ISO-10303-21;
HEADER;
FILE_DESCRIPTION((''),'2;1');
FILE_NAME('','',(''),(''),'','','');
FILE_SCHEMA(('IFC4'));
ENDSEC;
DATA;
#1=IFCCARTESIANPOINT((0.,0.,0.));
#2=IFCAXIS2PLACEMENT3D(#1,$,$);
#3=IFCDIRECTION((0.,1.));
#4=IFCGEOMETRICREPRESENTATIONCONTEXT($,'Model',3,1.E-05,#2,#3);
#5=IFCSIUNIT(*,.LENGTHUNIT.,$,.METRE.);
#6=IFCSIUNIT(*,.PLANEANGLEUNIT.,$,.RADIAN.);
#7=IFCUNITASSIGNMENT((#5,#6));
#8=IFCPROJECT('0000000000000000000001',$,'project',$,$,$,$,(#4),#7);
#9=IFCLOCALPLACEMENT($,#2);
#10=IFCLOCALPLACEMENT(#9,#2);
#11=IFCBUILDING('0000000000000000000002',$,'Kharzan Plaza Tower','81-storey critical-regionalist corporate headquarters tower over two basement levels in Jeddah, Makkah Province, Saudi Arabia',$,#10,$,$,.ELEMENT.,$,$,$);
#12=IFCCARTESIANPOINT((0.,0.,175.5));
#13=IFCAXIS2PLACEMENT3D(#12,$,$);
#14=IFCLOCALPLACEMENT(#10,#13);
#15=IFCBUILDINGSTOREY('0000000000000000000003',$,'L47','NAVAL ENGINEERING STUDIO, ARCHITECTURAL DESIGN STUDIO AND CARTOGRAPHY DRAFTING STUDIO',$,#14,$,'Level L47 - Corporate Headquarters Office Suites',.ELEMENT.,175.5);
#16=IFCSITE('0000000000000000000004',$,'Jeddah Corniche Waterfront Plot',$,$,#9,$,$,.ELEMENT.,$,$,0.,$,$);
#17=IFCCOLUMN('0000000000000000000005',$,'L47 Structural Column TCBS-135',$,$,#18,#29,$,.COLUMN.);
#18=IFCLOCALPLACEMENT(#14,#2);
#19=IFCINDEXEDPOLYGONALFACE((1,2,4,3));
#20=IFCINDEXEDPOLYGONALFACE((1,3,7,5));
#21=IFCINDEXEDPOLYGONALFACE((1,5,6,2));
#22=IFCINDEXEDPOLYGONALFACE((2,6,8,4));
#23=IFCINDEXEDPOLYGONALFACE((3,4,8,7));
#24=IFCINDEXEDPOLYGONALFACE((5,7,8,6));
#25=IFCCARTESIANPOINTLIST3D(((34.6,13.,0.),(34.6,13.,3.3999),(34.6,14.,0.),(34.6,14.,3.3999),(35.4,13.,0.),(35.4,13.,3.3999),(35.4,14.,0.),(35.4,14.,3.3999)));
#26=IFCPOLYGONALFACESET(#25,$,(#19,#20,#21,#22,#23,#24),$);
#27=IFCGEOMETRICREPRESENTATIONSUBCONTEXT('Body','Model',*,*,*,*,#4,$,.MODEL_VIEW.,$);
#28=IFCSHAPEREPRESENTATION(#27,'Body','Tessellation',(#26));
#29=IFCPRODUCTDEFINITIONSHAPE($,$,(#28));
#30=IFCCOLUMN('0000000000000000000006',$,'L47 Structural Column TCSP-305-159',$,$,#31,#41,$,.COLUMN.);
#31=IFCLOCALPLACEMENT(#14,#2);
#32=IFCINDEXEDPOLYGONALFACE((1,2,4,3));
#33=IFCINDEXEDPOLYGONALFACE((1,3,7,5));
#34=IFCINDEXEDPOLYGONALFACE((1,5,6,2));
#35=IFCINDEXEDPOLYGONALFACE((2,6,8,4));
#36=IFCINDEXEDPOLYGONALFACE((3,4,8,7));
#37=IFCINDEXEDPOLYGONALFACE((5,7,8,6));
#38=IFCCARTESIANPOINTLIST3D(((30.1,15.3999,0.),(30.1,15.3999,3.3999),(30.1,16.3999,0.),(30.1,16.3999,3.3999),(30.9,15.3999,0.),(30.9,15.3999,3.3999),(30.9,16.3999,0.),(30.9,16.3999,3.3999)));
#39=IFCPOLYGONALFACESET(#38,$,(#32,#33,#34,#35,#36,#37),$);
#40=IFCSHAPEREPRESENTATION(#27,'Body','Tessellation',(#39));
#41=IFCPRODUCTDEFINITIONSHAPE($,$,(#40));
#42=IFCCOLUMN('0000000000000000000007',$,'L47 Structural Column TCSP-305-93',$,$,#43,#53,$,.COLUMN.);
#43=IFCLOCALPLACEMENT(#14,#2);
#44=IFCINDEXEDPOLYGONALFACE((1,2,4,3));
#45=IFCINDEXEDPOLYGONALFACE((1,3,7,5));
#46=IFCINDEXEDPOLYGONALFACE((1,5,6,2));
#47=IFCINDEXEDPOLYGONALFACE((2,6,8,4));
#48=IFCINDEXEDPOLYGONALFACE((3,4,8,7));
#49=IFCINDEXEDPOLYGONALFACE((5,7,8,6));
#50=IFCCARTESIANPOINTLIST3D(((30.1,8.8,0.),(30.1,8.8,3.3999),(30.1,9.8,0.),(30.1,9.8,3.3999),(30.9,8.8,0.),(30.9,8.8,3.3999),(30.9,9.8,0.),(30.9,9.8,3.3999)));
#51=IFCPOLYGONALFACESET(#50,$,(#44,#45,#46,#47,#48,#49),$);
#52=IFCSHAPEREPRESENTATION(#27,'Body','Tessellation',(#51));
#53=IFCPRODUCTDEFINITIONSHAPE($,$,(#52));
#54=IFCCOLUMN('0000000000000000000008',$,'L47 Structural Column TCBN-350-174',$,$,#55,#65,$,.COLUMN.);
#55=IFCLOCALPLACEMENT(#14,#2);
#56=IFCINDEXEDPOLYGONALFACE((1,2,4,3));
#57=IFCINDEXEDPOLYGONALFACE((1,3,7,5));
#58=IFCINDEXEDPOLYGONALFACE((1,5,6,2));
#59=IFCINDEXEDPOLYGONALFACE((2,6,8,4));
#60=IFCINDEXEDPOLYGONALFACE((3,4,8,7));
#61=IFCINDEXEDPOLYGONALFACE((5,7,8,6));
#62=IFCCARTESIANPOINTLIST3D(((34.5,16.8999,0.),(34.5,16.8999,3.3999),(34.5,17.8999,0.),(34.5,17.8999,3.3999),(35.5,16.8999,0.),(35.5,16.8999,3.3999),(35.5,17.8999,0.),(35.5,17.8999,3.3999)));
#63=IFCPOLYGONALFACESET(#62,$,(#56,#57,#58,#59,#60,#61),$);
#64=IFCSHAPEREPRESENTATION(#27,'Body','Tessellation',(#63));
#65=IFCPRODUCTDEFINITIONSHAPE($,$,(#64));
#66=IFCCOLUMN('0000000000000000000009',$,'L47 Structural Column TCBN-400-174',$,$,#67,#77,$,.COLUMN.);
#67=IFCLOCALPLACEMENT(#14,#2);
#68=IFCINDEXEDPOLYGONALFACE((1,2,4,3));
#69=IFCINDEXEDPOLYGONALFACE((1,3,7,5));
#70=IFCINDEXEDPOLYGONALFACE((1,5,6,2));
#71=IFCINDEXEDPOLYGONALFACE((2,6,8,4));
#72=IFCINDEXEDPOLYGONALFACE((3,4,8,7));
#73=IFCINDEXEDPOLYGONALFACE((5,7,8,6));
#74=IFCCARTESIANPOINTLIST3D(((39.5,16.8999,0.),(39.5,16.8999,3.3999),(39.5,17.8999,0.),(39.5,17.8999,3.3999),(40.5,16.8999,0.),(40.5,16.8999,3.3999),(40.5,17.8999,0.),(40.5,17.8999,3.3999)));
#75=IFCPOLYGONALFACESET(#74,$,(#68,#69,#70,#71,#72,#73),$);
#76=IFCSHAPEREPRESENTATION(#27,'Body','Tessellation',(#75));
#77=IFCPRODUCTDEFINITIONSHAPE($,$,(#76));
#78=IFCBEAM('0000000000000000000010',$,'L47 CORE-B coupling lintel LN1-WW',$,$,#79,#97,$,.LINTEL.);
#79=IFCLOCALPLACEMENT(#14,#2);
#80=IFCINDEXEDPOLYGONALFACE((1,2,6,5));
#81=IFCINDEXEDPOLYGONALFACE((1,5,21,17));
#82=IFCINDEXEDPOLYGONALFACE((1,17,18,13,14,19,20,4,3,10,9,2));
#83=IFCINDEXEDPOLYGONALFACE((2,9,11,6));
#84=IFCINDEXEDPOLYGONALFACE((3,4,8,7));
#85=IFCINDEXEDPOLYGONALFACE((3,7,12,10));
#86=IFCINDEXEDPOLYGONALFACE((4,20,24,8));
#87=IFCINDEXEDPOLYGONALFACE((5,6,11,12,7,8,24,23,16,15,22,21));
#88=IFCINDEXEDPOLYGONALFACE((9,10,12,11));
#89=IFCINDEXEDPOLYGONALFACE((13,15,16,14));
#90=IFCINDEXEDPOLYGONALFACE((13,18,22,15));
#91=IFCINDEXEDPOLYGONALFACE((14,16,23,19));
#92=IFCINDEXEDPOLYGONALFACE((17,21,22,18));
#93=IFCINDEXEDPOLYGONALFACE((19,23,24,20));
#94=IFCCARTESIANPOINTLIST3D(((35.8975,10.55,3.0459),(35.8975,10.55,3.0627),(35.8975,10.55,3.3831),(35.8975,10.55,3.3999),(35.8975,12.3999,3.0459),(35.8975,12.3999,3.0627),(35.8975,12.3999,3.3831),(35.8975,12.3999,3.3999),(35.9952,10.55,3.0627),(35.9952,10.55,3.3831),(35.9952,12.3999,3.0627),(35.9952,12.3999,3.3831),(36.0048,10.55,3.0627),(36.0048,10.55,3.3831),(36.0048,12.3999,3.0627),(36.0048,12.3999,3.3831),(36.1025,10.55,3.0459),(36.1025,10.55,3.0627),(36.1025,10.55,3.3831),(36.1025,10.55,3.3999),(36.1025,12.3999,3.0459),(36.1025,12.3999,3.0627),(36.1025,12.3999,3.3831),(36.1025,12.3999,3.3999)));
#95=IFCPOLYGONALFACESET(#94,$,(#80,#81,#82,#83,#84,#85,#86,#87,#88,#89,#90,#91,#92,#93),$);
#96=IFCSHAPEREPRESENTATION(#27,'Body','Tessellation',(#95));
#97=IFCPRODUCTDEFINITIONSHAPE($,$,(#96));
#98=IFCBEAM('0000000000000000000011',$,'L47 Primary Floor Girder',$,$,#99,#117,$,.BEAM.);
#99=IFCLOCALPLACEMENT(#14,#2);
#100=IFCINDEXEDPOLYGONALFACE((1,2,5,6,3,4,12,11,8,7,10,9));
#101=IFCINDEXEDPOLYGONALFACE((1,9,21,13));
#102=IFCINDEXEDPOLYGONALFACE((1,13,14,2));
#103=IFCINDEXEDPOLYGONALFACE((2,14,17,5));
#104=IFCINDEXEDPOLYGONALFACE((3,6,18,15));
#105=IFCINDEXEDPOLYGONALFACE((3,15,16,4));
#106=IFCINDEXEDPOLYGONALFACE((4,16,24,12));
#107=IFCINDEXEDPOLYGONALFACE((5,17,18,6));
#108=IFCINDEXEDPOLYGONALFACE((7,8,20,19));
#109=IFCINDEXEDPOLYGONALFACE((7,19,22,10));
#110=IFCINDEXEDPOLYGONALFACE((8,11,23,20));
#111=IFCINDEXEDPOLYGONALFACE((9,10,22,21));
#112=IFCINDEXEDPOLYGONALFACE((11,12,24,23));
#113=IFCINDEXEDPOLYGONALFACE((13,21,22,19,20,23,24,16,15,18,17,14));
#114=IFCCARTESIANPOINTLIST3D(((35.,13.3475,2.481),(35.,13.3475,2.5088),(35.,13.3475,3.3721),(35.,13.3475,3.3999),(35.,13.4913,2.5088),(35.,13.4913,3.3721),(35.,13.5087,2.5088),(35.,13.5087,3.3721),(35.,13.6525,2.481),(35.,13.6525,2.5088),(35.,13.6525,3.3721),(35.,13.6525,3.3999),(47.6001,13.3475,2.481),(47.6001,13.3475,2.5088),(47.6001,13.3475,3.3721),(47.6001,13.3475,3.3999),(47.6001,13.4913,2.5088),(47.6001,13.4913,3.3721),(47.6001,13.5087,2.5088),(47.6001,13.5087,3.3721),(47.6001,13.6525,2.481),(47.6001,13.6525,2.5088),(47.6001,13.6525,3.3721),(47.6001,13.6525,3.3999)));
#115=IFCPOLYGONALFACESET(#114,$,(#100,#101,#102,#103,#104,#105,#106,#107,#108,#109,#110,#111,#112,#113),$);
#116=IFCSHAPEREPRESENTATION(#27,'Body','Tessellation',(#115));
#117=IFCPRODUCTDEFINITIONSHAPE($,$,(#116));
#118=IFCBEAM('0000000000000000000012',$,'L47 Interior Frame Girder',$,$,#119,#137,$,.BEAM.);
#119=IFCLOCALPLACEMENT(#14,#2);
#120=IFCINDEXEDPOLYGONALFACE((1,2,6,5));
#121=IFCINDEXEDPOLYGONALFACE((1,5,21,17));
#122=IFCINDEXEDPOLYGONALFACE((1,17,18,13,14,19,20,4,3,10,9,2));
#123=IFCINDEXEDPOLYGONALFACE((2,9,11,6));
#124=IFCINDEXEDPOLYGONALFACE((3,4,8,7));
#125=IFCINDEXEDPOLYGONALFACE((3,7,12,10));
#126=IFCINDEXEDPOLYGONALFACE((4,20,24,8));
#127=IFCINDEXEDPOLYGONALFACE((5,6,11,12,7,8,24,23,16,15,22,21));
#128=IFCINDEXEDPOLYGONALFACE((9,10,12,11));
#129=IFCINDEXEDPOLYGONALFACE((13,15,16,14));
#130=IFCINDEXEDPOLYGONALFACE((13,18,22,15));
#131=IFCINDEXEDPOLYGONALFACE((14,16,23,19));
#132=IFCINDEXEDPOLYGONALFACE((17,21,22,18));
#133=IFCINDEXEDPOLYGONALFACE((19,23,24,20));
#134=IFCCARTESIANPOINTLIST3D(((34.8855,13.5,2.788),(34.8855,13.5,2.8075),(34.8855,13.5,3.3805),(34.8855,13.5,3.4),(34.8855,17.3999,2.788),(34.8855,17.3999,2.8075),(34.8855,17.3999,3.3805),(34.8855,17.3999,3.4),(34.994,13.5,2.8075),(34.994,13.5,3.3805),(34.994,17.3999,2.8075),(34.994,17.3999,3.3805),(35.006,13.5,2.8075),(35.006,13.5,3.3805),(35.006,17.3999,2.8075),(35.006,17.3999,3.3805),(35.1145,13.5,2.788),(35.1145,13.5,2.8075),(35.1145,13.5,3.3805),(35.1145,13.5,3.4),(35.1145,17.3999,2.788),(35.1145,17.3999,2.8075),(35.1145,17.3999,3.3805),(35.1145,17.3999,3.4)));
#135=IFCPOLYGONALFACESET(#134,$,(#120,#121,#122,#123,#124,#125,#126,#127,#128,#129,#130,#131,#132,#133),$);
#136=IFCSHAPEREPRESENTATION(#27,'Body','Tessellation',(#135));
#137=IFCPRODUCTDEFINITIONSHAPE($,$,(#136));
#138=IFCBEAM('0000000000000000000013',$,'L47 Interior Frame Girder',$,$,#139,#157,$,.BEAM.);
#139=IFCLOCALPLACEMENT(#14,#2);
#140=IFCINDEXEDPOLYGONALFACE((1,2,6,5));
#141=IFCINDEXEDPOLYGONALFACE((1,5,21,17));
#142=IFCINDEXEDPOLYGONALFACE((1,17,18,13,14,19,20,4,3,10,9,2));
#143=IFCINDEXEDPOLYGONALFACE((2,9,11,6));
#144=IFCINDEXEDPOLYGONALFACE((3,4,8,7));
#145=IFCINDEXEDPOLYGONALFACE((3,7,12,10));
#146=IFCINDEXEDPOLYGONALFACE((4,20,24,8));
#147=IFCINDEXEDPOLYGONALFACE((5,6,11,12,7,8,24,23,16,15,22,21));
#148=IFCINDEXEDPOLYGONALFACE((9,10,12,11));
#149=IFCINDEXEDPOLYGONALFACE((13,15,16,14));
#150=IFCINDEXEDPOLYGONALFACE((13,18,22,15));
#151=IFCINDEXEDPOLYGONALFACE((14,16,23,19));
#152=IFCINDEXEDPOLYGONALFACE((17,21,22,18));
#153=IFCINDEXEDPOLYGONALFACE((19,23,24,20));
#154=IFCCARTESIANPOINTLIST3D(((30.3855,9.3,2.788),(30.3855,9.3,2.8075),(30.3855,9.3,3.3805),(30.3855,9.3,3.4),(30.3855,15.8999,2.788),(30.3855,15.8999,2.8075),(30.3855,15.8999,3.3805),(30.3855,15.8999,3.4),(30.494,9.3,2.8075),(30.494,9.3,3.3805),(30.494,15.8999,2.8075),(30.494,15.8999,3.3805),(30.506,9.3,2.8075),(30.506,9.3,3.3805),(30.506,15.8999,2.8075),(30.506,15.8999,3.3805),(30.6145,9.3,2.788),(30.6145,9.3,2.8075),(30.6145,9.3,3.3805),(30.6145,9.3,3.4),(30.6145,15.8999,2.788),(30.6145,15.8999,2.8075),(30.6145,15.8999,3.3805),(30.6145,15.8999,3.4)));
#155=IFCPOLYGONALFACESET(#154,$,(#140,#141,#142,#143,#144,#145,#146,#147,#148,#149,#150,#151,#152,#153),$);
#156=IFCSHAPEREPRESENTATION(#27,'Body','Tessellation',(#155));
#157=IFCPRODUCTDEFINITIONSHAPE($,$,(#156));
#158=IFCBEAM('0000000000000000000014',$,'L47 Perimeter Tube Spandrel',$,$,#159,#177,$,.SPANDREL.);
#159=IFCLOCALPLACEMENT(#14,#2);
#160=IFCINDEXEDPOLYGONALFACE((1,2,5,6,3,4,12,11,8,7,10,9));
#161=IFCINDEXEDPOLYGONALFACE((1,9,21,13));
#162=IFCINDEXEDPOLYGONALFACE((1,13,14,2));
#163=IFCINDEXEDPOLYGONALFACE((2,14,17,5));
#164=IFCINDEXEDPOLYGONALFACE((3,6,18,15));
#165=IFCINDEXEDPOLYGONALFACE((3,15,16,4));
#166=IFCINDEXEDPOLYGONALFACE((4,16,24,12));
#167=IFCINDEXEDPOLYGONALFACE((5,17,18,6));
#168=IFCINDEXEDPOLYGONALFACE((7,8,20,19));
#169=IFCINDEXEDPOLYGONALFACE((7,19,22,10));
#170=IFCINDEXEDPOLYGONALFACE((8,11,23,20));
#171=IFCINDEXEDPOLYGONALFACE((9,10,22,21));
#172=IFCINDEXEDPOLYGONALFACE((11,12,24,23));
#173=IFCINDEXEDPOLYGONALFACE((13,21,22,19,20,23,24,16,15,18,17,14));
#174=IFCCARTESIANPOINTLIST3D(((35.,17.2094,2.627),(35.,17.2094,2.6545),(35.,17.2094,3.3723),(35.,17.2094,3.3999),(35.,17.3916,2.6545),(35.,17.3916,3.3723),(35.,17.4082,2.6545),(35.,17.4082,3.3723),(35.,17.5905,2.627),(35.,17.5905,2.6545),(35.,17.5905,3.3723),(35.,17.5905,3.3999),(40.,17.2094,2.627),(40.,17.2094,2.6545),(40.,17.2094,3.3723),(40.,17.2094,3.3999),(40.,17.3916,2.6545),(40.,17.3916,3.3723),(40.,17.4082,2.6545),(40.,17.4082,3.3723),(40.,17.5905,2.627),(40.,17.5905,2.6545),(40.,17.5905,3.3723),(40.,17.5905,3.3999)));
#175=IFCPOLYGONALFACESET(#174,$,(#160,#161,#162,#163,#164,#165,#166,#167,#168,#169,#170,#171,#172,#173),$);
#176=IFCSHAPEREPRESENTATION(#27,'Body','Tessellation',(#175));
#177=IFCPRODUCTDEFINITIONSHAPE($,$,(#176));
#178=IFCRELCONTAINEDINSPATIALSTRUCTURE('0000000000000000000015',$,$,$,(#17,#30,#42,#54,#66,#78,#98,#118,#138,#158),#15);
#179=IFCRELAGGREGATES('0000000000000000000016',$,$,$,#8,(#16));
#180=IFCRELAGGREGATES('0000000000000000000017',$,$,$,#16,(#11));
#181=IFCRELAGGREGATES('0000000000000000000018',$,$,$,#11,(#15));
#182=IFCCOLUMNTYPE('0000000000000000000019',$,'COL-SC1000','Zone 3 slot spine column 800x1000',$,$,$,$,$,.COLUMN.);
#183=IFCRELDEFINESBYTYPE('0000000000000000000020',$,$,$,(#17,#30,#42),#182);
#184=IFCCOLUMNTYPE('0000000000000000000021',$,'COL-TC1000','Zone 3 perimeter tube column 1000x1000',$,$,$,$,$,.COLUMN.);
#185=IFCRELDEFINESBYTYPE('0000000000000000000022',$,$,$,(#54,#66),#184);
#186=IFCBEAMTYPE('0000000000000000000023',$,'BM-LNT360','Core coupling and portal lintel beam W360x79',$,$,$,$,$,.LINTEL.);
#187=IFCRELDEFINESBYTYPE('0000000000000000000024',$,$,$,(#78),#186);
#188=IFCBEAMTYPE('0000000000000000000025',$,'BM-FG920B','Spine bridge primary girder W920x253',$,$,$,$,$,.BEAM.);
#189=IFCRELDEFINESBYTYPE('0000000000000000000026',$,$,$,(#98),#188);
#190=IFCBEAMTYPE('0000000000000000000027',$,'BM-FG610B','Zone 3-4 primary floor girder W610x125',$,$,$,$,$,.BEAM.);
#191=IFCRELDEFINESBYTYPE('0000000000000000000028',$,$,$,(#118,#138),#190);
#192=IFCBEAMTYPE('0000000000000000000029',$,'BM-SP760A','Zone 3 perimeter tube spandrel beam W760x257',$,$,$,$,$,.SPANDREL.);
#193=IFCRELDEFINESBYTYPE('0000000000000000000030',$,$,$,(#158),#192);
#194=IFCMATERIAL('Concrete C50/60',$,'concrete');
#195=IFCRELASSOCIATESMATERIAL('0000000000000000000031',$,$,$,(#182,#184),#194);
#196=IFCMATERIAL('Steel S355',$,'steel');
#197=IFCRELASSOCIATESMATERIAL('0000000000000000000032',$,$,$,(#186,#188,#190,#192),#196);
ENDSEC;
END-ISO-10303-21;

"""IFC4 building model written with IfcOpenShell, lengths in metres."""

from ifc_helpers import new_model, si_unit, direction, frame, origin, origin_2d, place, context, subcontext, project, spatial, rectangle, i_section, extrude, source, transform, mapped, material, material_profile, profile_set, type_object, element, save


model = new_model("IFC4")

# Units and contexts
model_context = context("Model", 3, precision=1e-05, world=origin(), true_north=direction((0.0, 1.0)))
body_context = subcontext(model_context, "Body", "Model", "MODEL_VIEW")
ifc_project = project(units=[si_unit("LENGTHUNIT", "METRE"), si_unit("PLANEANGLEUNIT", "RADIAN")], contexts=[model_context])

# Site, building, storey
site_placement = place(None, origin())
site = spatial("IfcSite", under=ifc_project, at=site_placement, Name="Jeddah Corniche Waterfront Plot", CompositionType="ELEMENT", RefElevation=0.0)
building_placement = place(site_placement, origin())
building = spatial("IfcBuilding", under=site, at=building_placement, Name="Kharzan Plaza Tower", Description="81-storey critical-regionalist corporate headquarters tower over two basement levels in Jeddah, Makkah Province, Saudi Arabia", CompositionType="ELEMENT")
storey_placement = place(building_placement, frame((0.0, 0.0, 175.5)))
storey = spatial("IfcBuildingStorey", under=building, at=storey_placement, Name="L47", Description="NAVAL ENGINEERING STUDIO, ARCHITECTURAL DESIGN STUDIO AND CARTOGRAPHY DRAFTING STUDIO", LongName="Level L47 - Corporate Headquarters Office Suites", CompositionType="ELEMENT", Elevation=175.5)

# Columns
ifc_material_1 = material(Name="Concrete C50/60", Category="concrete")
ifc_material_profile_1 = material_profile(ifc_material_1, rectangle(XDim=0.8, YDim=1.0, at=origin_2d()), Name="RC-SC1000x800")
ifc_profile_set_1 = profile_set([ifc_material_profile_1], Name="Concrete C50/60")
column_type_1 = type_object("IfcColumnType", Name="COL-SC1000", Description="Zone 3 slot spine column 800x1000", PredefinedType="COLUMN", material=ifc_profile_set_1)
shared_shape_1 = source(origin(), body_context, "Body", "SweptSolid", [
    extrude(rectangle(XDim=0.8, YDim=1.0, at=origin_2d()), origin(), (0.0, 0.0, 1.0), 3.3999),
])
for number, where, z_axis, x_axis, name in (
    (1, (35.0, 13.5, 0.0), (0.0, 0.0, 1.0), (1.0, 0.0, 0.0), "L47 Structural Column TCBS-135"),
    (2, (30.5, 15.8999, 0.0), (0.0, 0.0, 1.0), (1.0, 0.0, 0.0), "L47 Structural Column TCSP-305-159"),
    (3, (30.5, 9.3, 0.0), (0.0, 0.0, 1.0), (1.0, 0.0, 0.0), "L47 Structural Column TCSP-305-93"),
):
    element("IfcColumn", number, at=place(storey_placement, frame(where, z_axis=z_axis, x_axis=x_axis)), inside=storey, type_object=column_type_1, Name=name, PredefinedType="COLUMN", context=body_context, shape_type="MappedRepresentation", body=[
        mapped(shared_shape_1, transform((0.0, 0.0, 0.0), x_axis=(1.0, 0.0, 0.0), y_axis=(0.0, 1.0, 0.0), z_axis=(0.0, 0.0, 1.0))),
    ])
ifc_material_profile_2 = material_profile(ifc_material_1, rectangle(XDim=1.0, YDim=1.0, at=origin_2d()), Name="RC-TC1000x1000")
ifc_profile_set_2 = profile_set([ifc_material_profile_2], Name="Concrete C50/60")
column_type_2 = type_object("IfcColumnType", Name="COL-TC1000", Description="Zone 3 perimeter tube column 1000x1000", PredefinedType="COLUMN", material=ifc_profile_set_2)
shared_shape_2 = source(origin(), body_context, "Body", "SweptSolid", [
    extrude(rectangle(XDim=1.0, YDim=1.0, at=origin_2d()), origin(), (0.0, 0.0, 1.0), 3.3999),
])
for number, where, z_axis, x_axis, name in (
    (4, (35.0, 17.3999, 0.0), (0.0, 0.0, 1.0), (1.0, 0.0, 0.0), "L47 Structural Column TCBN-350-174"),
    (5, (40.0, 17.3999, 0.0), (0.0, 0.0, 1.0), (1.0, 0.0, 0.0), "L47 Structural Column TCBN-400-174"),
):
    element("IfcColumn", number, at=place(storey_placement, frame(where, z_axis=z_axis, x_axis=x_axis)), inside=storey, type_object=column_type_2, Name=name, PredefinedType="COLUMN", context=body_context, shape_type="MappedRepresentation", body=[
        mapped(shared_shape_2, transform((0.0, 0.0, 0.0), x_axis=(1.0, 0.0, 0.0), y_axis=(0.0, 1.0, 0.0), z_axis=(0.0, 0.0, 1.0))),
    ])

# Beams
ifc_material_2 = material(Name="Steel S355", Category="steel")
ifc_material_profile_3 = material_profile(ifc_material_2, i_section(OverallWidth=0.2051, OverallDepth=0.354, WebThickness=0.0095, FlangeThickness=0.0168, at=origin_2d()), Name="W360x79")
ifc_profile_set_3 = profile_set([ifc_material_profile_3], Name="Steel S355")
beam_type_1 = type_object("IfcBeamType", Name="BM-LNT360", Description="Core coupling and portal lintel beam W360x79", PredefinedType="LINTEL", material=ifc_profile_set_3)
shared_shape_3 = source(origin(), body_context, "Body", "SweptSolid", [
    extrude(i_section(OverallWidth=0.2051, OverallDepth=0.354, WebThickness=0.0095, FlangeThickness=0.0168, at=origin_2d()), origin(), (0.0, 0.0, 1.0), 1.8499),
])
beam_1_placement = place(storey_placement, frame((36.0, 10.55, 3.2229), z_axis=(0.0, 1.0, 0.0), x_axis=(-1.0, 0.0, 0.0)))
element("IfcBeam", 6, at=beam_1_placement, inside=storey, type_object=beam_type_1, Name="L47 CORE-B coupling lintel LN1-WW", PredefinedType="LINTEL", context=body_context, shape_type="MappedRepresentation", body=[
    mapped(shared_shape_3, transform((0.0, 0.0, 0.0), x_axis=(1.0, 0.0, 0.0), y_axis=(0.0, 1.0, 0.0), z_axis=(0.0, 0.0, 1.0))),
])
ifc_material_profile_4 = material_profile(ifc_material_2, i_section(OverallWidth=0.3049, OverallDepth=0.9189, WebThickness=0.0173, FlangeThickness=0.0278, at=origin_2d()), Name="W920x253")
ifc_profile_set_4 = profile_set([ifc_material_profile_4], Name="Steel S355")
beam_type_2 = type_object("IfcBeamType", Name="BM-FG920B", Description="Spine bridge primary girder W920x253", PredefinedType="BEAM", material=ifc_profile_set_4)
shared_shape_4 = source(origin(), body_context, "Body", "SweptSolid", [
    extrude(i_section(OverallWidth=0.3049, OverallDepth=0.9189, WebThickness=0.0173, FlangeThickness=0.0278, at=origin_2d()), origin(), (0.0, 0.0, 1.0), 12.6001),
])
beam_2_placement = place(storey_placement, frame((35.0, 13.5, 2.9404), z_axis=(1.0, 0.0, 0.0), x_axis=(0.0, 1.0, 0.0)))
element("IfcBeam", 7, at=beam_2_placement, inside=storey, type_object=beam_type_2, Name="L47 Primary Floor Girder", PredefinedType="BEAM", context=body_context, shape_type="MappedRepresentation", body=[
    mapped(shared_shape_4, transform((0.0, 0.0, 0.0), x_axis=(1.0, 0.0, 0.0), y_axis=(0.0, 1.0, 0.0), z_axis=(0.0, 0.0, 1.0))),
])
ifc_material_profile_5 = material_profile(ifc_material_2, i_section(OverallWidth=0.229, OverallDepth=0.6121, WebThickness=0.012, FlangeThickness=0.0195, at=origin_2d()), Name="W610x125")
ifc_profile_set_5 = profile_set([ifc_material_profile_5], Name="Steel S355")
beam_type_3 = type_object("IfcBeamType", Name="BM-FG610B", Description="Zone 3-4 primary floor girder W610x125", PredefinedType="BEAM", material=ifc_profile_set_5)
shared_shape_5 = source(origin(), body_context, "Body", "SweptSolid", [
    extrude(i_section(OverallWidth=0.229, OverallDepth=0.6121, WebThickness=0.012, FlangeThickness=0.0195, at=origin_2d()), origin(), (0.0, 0.0, 1.0), 3.8999),
])
beam_3_placement = place(storey_placement, frame((35.0, 13.5, 3.094), z_axis=(0.0, 1.0, 0.0), x_axis=(-1.0, 0.0, 0.0)))
element("IfcBeam", 8, at=beam_3_placement, inside=storey, type_object=beam_type_3, Name="L47 Interior Frame Girder", PredefinedType="BEAM", context=body_context, shape_type="MappedRepresentation", body=[
    mapped(shared_shape_5, transform((0.0, 0.0, 0.0), x_axis=(1.0, 0.0, 0.0), y_axis=(0.0, 1.0, 0.0), z_axis=(0.0, 0.0, 1.0))),
])
shared_shape_6 = source(origin(), body_context, "Body", "SweptSolid", [
    extrude(i_section(OverallWidth=0.229, OverallDepth=0.6121, WebThickness=0.012, FlangeThickness=0.0195, at=origin_2d()), origin(), (0.0, 0.0, 1.0), 6.5999),
])
beam_4_placement = place(storey_placement, frame((30.5, 9.3, 3.094), z_axis=(0.0, 1.0, 0.0), x_axis=(-1.0, 0.0, 0.0)))
element("IfcBeam", 9, at=beam_4_placement, inside=storey, type_object=beam_type_3, Name="L47 Interior Frame Girder", PredefinedType="BEAM", context=body_context, shape_type="MappedRepresentation", body=[
    mapped(shared_shape_6, transform((0.0, 0.0, 0.0), x_axis=(1.0, 0.0, 0.0), y_axis=(0.0, 1.0, 0.0), z_axis=(0.0, 0.0, 1.0))),
])
ifc_material_profile_6 = material_profile(ifc_material_2, i_section(OverallWidth=0.3811, OverallDepth=0.7729, WebThickness=0.0166, FlangeThickness=0.0276, at=origin_2d()), Name="W760x257")
ifc_profile_set_6 = profile_set([ifc_material_profile_6], Name="Steel S355")
beam_type_4 = type_object("IfcBeamType", Name="BM-SP760A", Description="Zone 3 perimeter tube spandrel beam W760x257", PredefinedType="SPANDREL", material=ifc_profile_set_6)
shared_shape_7 = source(origin(), body_context, "Body", "SweptSolid", [
    extrude(i_section(OverallWidth=0.3811, OverallDepth=0.7729, WebThickness=0.0166, FlangeThickness=0.0276, at=origin_2d()), origin(), (0.0, 0.0, 1.0), 5.0),
])
beam_5_placement = place(storey_placement, frame((35.0, 17.3999, 3.0134), z_axis=(1.0, 0.0, 0.0), x_axis=(0.0, 1.0, 0.0)))
element("IfcBeam", 10, at=beam_5_placement, inside=storey, type_object=beam_type_4, Name="L47 Perimeter Tube Spandrel", PredefinedType="SPANDREL", context=body_context, shape_type="MappedRepresentation", body=[
    mapped(shared_shape_7, transform((0.0, 0.0, 0.0), x_axis=(1.0, 0.0, 0.0), y_axis=(0.0, 1.0, 0.0), z_axis=(0.0, 0.0, 1.0))),
])

save(model, "model.ifc")
